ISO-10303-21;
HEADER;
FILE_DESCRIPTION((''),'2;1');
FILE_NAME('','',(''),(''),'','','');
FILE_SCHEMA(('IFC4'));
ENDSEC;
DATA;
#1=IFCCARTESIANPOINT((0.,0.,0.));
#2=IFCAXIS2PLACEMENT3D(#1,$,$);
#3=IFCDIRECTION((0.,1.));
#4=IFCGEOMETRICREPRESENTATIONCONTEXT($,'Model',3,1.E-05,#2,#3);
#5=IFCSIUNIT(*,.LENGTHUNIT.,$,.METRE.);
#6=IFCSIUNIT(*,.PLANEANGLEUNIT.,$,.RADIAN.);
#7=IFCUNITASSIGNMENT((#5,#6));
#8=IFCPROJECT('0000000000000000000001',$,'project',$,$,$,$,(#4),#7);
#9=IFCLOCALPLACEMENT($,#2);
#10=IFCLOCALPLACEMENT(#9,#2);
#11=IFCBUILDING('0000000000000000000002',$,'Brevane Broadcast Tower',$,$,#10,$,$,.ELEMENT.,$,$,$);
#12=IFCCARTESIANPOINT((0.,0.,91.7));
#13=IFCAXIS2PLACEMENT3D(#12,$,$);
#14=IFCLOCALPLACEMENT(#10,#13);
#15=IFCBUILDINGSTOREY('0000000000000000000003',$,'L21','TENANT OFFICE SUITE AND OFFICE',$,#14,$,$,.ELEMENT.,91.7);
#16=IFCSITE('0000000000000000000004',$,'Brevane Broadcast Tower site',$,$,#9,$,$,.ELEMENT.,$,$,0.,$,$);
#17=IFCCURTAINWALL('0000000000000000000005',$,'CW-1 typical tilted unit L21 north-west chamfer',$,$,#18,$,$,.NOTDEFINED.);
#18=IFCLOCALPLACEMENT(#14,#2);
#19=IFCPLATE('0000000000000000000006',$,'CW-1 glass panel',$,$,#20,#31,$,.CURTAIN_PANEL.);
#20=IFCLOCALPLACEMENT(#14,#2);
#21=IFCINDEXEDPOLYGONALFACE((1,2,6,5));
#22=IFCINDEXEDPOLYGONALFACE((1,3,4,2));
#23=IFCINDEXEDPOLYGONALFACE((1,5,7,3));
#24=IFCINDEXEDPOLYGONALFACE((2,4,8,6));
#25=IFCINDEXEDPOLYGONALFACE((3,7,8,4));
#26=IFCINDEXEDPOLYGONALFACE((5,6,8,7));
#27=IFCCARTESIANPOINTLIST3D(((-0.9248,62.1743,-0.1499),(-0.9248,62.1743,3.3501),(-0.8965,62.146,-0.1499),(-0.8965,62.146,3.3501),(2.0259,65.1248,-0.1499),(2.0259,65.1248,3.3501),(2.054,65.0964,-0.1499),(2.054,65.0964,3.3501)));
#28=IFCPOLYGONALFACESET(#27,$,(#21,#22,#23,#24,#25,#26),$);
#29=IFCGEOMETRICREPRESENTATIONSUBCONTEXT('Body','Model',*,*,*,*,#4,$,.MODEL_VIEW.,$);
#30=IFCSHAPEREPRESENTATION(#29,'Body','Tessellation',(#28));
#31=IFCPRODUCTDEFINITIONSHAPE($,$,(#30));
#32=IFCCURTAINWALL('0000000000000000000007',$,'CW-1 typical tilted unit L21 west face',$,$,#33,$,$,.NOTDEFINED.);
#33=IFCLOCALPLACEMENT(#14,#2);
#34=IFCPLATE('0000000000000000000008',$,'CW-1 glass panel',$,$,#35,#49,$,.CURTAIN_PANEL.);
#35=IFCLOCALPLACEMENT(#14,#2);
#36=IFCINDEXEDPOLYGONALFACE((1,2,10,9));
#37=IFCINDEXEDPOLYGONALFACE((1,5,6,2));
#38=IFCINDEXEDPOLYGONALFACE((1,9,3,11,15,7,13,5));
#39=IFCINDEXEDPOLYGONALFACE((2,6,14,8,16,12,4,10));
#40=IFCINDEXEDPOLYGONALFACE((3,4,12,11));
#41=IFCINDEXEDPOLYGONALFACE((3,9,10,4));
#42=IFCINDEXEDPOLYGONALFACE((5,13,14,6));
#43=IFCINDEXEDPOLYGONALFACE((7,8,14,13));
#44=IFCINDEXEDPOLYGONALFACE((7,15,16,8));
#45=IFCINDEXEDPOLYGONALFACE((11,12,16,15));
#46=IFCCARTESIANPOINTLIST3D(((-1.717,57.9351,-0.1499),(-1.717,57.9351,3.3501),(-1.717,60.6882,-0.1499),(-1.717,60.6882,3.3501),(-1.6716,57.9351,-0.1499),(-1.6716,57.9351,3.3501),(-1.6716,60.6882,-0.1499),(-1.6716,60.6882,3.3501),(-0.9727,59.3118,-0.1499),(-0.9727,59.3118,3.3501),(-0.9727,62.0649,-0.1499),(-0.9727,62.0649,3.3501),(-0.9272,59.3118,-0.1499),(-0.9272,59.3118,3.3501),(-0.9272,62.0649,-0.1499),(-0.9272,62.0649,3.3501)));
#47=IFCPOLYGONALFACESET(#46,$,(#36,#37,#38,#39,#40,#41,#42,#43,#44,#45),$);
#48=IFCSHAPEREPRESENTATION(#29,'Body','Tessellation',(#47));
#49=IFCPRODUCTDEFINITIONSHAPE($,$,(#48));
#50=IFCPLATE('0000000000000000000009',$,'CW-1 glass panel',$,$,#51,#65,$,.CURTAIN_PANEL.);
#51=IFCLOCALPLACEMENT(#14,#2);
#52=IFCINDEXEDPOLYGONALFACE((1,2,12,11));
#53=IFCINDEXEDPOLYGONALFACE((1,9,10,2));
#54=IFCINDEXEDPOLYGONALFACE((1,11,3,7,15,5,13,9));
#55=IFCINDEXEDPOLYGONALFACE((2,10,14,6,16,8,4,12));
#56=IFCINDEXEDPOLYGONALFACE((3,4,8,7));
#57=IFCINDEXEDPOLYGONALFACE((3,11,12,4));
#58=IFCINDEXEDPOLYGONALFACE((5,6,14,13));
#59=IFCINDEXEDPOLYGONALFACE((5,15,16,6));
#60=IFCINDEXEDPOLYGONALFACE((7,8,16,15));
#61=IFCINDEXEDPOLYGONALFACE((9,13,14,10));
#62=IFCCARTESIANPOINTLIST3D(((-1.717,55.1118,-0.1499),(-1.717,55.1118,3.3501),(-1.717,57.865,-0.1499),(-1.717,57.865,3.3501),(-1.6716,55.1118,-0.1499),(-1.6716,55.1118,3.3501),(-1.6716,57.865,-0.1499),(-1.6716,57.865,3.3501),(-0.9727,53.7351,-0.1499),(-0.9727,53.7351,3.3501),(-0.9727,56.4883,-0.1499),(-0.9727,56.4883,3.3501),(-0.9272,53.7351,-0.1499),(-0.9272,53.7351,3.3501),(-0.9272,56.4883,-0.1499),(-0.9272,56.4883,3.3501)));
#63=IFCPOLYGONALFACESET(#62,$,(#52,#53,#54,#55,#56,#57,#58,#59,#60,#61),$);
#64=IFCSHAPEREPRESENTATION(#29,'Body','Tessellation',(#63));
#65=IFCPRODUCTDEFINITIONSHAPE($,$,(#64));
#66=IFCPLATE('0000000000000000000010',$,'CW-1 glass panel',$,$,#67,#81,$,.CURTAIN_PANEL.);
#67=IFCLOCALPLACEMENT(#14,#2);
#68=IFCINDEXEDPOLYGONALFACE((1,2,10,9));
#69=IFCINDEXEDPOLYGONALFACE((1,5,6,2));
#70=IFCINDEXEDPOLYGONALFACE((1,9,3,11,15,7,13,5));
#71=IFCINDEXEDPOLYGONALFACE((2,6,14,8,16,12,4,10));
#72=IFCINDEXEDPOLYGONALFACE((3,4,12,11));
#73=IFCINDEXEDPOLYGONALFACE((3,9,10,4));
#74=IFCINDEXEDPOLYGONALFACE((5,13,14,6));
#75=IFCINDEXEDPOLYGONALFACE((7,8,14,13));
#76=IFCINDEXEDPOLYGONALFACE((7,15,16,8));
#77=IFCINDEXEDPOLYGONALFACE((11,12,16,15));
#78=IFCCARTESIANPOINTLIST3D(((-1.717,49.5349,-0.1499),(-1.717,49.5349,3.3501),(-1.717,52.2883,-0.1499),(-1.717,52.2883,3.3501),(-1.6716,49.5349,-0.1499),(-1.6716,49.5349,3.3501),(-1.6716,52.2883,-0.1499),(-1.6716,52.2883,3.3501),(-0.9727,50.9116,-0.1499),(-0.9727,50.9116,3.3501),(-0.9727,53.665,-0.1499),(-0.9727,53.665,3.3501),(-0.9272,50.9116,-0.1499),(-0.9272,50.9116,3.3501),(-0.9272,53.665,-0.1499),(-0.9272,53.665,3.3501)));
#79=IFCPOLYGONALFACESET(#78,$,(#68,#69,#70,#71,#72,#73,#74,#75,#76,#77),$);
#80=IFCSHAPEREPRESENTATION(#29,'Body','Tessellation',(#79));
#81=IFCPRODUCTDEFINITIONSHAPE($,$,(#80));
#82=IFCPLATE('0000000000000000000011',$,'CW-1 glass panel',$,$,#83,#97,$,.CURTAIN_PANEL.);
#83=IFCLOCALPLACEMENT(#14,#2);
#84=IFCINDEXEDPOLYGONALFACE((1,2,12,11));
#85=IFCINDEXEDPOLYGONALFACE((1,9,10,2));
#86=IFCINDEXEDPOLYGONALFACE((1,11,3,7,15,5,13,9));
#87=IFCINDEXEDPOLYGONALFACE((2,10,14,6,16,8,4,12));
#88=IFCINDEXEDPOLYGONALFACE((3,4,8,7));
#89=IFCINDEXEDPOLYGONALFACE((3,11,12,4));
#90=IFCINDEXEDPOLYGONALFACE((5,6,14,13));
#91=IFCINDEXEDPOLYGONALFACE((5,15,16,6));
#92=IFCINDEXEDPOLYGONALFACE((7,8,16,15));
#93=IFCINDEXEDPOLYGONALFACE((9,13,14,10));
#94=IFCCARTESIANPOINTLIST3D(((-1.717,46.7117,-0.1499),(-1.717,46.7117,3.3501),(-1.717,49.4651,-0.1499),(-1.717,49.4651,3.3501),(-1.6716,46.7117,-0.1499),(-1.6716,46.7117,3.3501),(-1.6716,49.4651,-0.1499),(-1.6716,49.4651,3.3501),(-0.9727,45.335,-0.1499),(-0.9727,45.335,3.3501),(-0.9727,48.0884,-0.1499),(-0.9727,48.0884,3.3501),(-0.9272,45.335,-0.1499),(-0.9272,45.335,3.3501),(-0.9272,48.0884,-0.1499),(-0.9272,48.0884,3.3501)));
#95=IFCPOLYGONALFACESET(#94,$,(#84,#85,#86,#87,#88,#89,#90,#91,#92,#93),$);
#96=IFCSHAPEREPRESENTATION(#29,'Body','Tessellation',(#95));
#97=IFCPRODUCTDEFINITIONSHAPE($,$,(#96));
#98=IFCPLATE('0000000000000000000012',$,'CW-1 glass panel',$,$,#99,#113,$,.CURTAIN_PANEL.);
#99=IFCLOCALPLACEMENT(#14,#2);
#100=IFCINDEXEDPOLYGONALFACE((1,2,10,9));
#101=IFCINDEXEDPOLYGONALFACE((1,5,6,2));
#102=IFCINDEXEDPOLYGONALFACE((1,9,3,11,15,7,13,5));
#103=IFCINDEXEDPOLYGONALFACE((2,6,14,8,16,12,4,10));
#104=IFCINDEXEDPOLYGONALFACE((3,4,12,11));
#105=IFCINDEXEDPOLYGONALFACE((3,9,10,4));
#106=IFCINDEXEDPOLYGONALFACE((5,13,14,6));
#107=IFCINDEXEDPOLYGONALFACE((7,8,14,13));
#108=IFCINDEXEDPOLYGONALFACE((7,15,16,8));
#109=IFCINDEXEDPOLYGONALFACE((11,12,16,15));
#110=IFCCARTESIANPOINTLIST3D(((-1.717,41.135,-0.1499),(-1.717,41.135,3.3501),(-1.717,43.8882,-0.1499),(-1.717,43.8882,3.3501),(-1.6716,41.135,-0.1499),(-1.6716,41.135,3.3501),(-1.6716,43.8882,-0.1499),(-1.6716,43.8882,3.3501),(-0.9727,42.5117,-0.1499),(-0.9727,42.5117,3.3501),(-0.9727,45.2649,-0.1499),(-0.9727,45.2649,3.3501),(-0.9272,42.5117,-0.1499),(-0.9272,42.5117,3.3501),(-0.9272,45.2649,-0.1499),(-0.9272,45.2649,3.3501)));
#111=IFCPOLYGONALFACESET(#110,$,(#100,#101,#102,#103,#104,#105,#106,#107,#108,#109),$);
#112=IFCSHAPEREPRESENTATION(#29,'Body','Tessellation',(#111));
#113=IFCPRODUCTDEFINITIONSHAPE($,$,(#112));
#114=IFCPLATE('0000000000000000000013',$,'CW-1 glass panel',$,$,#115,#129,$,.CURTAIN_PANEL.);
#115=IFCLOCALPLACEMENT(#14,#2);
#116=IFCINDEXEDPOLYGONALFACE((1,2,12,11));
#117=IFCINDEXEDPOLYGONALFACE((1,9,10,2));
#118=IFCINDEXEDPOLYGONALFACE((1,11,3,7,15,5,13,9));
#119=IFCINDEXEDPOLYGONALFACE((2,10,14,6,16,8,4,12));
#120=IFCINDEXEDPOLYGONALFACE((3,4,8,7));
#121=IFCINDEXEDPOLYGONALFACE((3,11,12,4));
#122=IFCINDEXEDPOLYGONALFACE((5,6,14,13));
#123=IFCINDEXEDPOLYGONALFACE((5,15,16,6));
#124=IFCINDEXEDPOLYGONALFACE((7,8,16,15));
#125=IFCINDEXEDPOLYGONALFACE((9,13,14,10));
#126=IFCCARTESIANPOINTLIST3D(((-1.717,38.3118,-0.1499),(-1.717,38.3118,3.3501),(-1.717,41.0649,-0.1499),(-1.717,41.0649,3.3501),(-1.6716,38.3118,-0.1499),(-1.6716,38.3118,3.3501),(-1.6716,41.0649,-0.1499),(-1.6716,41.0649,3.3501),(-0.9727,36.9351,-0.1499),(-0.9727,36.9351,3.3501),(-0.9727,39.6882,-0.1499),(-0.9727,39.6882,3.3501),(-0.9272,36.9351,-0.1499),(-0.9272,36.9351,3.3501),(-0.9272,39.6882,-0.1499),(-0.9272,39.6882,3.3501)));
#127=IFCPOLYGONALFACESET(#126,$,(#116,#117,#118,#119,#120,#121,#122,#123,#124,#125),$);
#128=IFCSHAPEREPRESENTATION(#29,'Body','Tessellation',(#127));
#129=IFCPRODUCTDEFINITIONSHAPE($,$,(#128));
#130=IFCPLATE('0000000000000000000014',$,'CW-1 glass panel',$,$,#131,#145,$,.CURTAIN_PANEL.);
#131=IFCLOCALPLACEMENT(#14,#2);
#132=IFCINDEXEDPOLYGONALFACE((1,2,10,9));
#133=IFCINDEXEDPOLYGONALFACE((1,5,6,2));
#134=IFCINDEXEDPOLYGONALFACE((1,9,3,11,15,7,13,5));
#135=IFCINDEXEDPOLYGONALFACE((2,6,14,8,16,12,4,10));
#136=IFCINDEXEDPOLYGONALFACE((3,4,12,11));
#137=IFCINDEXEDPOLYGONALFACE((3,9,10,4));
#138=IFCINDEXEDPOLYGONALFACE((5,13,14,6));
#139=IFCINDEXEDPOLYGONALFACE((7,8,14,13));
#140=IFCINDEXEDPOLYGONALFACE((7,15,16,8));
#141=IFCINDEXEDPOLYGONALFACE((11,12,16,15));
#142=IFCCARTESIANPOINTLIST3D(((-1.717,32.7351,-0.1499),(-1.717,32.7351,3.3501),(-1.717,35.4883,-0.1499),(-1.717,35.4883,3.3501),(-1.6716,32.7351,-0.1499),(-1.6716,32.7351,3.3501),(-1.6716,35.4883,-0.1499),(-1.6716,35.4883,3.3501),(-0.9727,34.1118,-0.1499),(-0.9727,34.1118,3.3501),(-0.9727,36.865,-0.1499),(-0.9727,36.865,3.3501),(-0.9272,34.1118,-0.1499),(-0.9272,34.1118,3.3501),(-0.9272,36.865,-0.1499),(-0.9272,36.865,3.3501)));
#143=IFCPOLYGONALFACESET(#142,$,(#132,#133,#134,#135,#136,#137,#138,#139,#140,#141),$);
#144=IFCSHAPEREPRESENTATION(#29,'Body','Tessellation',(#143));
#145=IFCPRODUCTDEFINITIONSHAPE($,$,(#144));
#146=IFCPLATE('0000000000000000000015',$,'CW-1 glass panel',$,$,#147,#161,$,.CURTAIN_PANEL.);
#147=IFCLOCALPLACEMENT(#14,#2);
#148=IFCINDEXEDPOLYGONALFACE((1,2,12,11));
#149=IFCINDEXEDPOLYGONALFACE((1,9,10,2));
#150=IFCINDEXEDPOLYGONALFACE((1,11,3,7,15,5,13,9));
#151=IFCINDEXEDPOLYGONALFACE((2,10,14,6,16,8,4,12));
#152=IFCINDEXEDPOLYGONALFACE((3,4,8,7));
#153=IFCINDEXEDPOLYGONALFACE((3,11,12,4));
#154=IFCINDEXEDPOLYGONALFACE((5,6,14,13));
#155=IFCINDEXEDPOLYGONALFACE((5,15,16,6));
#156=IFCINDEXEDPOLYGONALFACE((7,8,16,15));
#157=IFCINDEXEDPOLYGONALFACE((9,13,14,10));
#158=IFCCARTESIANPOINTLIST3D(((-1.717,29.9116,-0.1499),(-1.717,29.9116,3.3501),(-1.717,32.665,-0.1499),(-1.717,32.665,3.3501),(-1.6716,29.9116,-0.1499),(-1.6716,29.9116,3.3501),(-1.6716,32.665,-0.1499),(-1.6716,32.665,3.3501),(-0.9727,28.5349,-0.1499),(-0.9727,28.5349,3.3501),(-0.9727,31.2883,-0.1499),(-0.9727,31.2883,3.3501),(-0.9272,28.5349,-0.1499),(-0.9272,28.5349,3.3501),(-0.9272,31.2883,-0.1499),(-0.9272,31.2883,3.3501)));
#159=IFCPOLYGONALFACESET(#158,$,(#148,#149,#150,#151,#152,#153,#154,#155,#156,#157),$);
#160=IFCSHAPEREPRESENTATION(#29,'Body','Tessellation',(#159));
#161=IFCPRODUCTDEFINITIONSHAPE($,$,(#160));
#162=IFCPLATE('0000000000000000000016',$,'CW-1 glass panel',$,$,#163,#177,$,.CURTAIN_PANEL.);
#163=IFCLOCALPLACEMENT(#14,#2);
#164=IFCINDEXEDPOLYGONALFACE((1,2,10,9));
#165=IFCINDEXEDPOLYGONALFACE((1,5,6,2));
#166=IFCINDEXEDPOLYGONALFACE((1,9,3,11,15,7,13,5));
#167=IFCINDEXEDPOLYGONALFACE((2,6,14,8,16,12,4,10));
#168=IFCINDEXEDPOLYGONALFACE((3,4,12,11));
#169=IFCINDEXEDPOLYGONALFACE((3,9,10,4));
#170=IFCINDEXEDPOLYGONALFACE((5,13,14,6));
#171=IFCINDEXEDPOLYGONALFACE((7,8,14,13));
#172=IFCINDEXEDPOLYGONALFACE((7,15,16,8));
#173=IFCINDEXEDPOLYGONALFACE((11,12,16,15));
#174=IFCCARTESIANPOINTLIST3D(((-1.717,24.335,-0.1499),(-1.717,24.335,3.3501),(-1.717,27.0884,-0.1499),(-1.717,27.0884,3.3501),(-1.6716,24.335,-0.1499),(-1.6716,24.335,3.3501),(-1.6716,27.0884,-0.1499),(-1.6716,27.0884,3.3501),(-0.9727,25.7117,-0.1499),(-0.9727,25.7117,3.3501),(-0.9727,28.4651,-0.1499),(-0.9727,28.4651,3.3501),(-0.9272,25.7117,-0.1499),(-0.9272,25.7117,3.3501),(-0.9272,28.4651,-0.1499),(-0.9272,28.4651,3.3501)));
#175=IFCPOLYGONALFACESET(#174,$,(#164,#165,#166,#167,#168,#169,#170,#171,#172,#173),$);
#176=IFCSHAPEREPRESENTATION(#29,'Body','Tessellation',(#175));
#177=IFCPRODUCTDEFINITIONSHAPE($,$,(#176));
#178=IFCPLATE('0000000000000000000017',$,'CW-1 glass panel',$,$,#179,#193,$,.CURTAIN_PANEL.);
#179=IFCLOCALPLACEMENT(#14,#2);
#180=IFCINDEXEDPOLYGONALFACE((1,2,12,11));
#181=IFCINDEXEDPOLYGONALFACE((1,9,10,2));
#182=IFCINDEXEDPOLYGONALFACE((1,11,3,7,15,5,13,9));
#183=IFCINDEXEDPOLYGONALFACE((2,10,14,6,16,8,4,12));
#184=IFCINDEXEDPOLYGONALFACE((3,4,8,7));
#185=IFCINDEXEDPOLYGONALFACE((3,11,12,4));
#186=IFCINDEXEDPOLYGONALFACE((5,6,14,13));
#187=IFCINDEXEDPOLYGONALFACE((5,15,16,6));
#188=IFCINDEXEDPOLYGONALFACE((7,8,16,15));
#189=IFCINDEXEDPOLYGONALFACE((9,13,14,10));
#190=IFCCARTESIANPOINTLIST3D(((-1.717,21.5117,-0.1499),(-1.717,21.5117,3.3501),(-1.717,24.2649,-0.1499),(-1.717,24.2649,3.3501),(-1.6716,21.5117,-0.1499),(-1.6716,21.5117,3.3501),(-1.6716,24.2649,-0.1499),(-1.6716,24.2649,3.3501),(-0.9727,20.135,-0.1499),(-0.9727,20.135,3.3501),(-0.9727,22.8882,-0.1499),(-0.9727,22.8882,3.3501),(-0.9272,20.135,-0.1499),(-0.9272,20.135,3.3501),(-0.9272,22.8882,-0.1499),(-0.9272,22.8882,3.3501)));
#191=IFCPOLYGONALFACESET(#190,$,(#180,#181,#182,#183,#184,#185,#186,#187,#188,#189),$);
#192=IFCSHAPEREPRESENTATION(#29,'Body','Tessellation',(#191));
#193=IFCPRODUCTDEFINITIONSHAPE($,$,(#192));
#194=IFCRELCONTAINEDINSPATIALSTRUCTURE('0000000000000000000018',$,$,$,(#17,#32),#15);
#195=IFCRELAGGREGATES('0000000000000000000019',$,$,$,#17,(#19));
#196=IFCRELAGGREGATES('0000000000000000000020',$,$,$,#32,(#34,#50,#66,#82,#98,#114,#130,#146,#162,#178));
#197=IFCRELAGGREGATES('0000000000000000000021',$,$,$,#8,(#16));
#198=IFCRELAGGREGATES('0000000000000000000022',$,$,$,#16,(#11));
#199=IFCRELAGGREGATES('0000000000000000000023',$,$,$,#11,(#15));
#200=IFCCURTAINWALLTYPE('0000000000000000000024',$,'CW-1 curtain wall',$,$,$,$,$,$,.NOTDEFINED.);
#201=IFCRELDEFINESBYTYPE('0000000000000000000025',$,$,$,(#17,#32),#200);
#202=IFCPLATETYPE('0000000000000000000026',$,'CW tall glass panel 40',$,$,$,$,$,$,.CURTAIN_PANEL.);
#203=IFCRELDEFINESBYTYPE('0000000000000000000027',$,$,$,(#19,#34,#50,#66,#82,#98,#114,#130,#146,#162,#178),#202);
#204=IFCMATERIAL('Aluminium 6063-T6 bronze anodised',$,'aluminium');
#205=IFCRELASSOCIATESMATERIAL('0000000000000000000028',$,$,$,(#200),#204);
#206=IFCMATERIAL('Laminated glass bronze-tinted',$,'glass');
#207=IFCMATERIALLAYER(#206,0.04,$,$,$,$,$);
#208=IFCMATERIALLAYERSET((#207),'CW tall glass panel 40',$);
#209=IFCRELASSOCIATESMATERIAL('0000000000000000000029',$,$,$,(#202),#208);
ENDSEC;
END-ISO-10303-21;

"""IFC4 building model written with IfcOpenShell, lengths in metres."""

from ifc_helpers import new_model, si_unit, direction, frame, origin, place, context, subcontext, project, spatial, polyline, outline, extrude, material, layer, layer_set, type_object, element, aggregate, save


model = new_model("IFC4")

# Units and contexts
model_context = context("Model", 3, precision=1e-05, world=origin(), true_north=direction((0.0, 1.0)))
body_context = subcontext(model_context, "Body", "Model", "MODEL_VIEW")
ifc_project = project(units=[si_unit("LENGTHUNIT", "METRE"), si_unit("PLANEANGLEUNIT", "RADIAN")], contexts=[model_context])

# Site, building, storey
site_placement = place(None, origin())
site = spatial("IfcSite", under=ifc_project, at=site_placement, Name="Brevane Broadcast Tower site", CompositionType="ELEMENT", RefElevation=0.0)
building_placement = place(site_placement, origin())
building = spatial("IfcBuilding", under=site, at=building_placement, Name="Brevane Broadcast Tower", CompositionType="ELEMENT")
storey_placement = place(building_placement, frame((0.0, 0.0, 91.7)))
storey = spatial("IfcBuildingStorey", under=building, at=storey_placement, Name="L21", Description="TENANT OFFICE SUITE AND OFFICE", CompositionType="ELEMENT", Elevation=91.7)

# Curtain wall, plate
ifc_material_1 = material(Name="Aluminium 6063-T6 bronze anodised", Category="aluminium")
curtain_wall_type = type_object("IfcCurtainWallType", Name="CW-1 curtain wall", PredefinedType="NOTDEFINED", material=ifc_material_1)
curtain_wall_1_placement = place(storey_placement, origin())
curtain_wall_1 = element("IfcCurtainWall", 1, at=curtain_wall_1_placement, inside=storey, type_object=curtain_wall_type, Name="CW-1 typical tilted unit L21 north-west chamfer", PredefinedType="NOTDEFINED")
ifc_material_2 = material(Name="Laminated glass bronze-tinted", Category="glass")
ifc_layer_1 = layer(ifc_material_2, 0.04)
ifc_layer_set_1 = layer_set([ifc_layer_1], Name="CW tall glass panel 40")
plate_type = type_object("IfcPlateType", Name="CW tall glass panel 40", PredefinedType="CURTAIN_PANEL", material=ifc_layer_set_1)
plate_1_placement = place(storey_placement, frame((0.0, 0.0, -0.1499)))
plate_1 = element("IfcPlate", 2, at=plate_1_placement, type_object=plate_type, Name="CW-1 glass panel", PredefinedType="CURTAIN_PANEL", context=body_context, shape_type="SweptSolid", body=[
    extrude(outline(polyline([(2.054, 65.0964), (-0.8965, 62.146), (-0.9248, 62.1743), (2.0259, 65.1248), (2.054, 65.0964)])), origin(), (0.0, 0.0, 1.0), 3.5),
])
aggregate(curtain_wall_1, [plate_1])

# Curtain wall, plates
curtain_wall_2_placement = place(storey_placement, origin())
curtain_wall_2 = element("IfcCurtainWall", 3, at=curtain_wall_2_placement, inside=storey, type_object=curtain_wall_type, Name="CW-1 typical tilted unit L21 west face", PredefinedType="NOTDEFINED")
plate_2_placement = place(storey_placement, frame((0.0, 0.0, -0.1499)))
plate_2 = element("IfcPlate", 4, at=plate_2_placement, type_object=plate_type, Name="CW-1 glass panel", PredefinedType="CURTAIN_PANEL", context=body_context, shape_type="SweptSolid", body=[
    extrude(outline(polyline([(-0.9272, 62.0649), (-0.9727, 62.0649), (-1.717, 60.6882), (-0.9727, 59.3118), (-1.717, 57.9351), (-1.6716, 57.9351), (-0.9272, 59.3118), (-1.6716, 60.6882), (-0.9272, 62.0649)])), origin(), (0.0, 0.0, 1.0), 3.5),
])
plate_3_placement = place(storey_placement, frame((0.0, 0.0, -0.1499)))
plate_3 = element("IfcPlate", 5, at=plate_3_placement, type_object=plate_type, Name="CW-1 glass panel", PredefinedType="CURTAIN_PANEL", context=body_context, shape_type="SweptSolid", body=[
    extrude(outline(polyline([(-1.6716, 57.865), (-1.717, 57.865), (-0.9727, 56.4883), (-1.717, 55.1118), (-0.9727, 53.7351), (-0.9272, 53.7351), (-1.6716, 55.1118), (-0.9272, 56.4883), (-1.6716, 57.865)])), origin(), (0.0, 0.0, 1.0), 3.5),
])
plate_4_placement = place(storey_placement, frame((0.0, 0.0, -0.1499)))
plate_4 = element("IfcPlate", 6, at=plate_4_placement, type_object=plate_type, Name="CW-1 glass panel", PredefinedType="CURTAIN_PANEL", context=body_context, shape_type="SweptSolid", body=[
    extrude(outline(polyline([(-0.9272, 53.665), (-0.9727, 53.665), (-1.717, 52.2883), (-0.9727, 50.9116), (-1.717, 49.5349), (-1.6716, 49.5349), (-0.9272, 50.9116), (-1.6716, 52.2883), (-0.9272, 53.665)])), origin(), (0.0, 0.0, 1.0), 3.5),
])
plate_5_placement = place(storey_placement, frame((0.0, 0.0, -0.1499)))
plate_5 = element("IfcPlate", 7, at=plate_5_placement, type_object=plate_type, Name="CW-1 glass panel", PredefinedType="CURTAIN_PANEL", context=body_context, shape_type="SweptSolid", body=[
    extrude(outline(polyline([(-1.6716, 49.4651), (-1.717, 49.4651), (-0.9727, 48.0884), (-1.717, 46.7117), (-0.9727, 45.335), (-0.9272, 45.335), (-1.6716, 46.7117), (-0.9272, 48.0884), (-1.6716, 49.4651)])), origin(), (0.0, 0.0, 1.0), 3.5),
])
plate_6_placement = place(storey_placement, frame((0.0, 0.0, -0.1499)))
plate_6 = element("IfcPlate", 8, at=plate_6_placement, type_object=plate_type, Name="CW-1 glass panel", PredefinedType="CURTAIN_PANEL", context=body_context, shape_type="SweptSolid", body=[
    extrude(outline(polyline([(-0.9272, 45.2649), (-0.9727, 45.2649), (-1.717, 43.8882), (-0.9727, 42.5117), (-1.717, 41.135), (-1.6716, 41.135), (-0.9272, 42.5117), (-1.6716, 43.8882), (-0.9272, 45.2649)])), origin(), (0.0, 0.0, 1.0), 3.5),
])
plate_7_placement = place(storey_placement, frame((0.0, 0.0, -0.1499)))
plate_7 = element("IfcPlate", 9, at=plate_7_placement, type_object=plate_type, Name="CW-1 glass panel", PredefinedType="CURTAIN_PANEL", context=body_context, shape_type="SweptSolid", body=[
    extrude(outline(polyline([(-1.6716, 41.0649), (-1.717, 41.0649), (-0.9727, 39.6882), (-1.717, 38.3118), (-0.9727, 36.9351), (-0.9272, 36.9351), (-1.6716, 38.3118), (-0.9272, 39.6882), (-1.6716, 41.0649)])), origin(), (0.0, 0.0, 1.0), 3.5),
])
plate_8_placement = place(storey_placement, frame((0.0, 0.0, -0.1499)))
plate_8 = element("IfcPlate", 10, at=plate_8_placement, type_object=plate_type, Name="CW-1 glass panel", PredefinedType="CURTAIN_PANEL", context=body_context, shape_type="SweptSolid", body=[
    extrude(outline(polyline([(-0.9272, 36.865), (-0.9727, 36.865), (-1.717, 35.4883), (-0.9727, 34.1118), (-1.717, 32.7351), (-1.6716, 32.7351), (-0.9272, 34.1118), (-1.6716, 35.4883), (-0.9272, 36.865)])), origin(), (0.0, 0.0, 1.0), 3.5),
])
plate_9_placement = place(storey_placement, frame((0.0, 0.0, -0.1499)))
plate_9 = element("IfcPlate", 11, at=plate_9_placement, type_object=plate_type, Name="CW-1 glass panel", PredefinedType="CURTAIN_PANEL", context=body_context, shape_type="SweptSolid", body=[
    extrude(outline(polyline([(-1.6716, 32.665), (-1.717, 32.665), (-0.9727, 31.2883), (-1.717, 29.9116), (-0.9727, 28.5349), (-0.9272, 28.5349), (-1.6716, 29.9116), (-0.9272, 31.2883), (-1.6716, 32.665)])), origin(), (0.0, 0.0, 1.0), 3.5),
])
plate_10_placement = place(storey_placement, frame((0.0, 0.0, -0.1499)))
plate_10 = element("IfcPlate", 12, at=plate_10_placement, type_object=plate_type, Name="CW-1 glass panel", PredefinedType="CURTAIN_PANEL", context=body_context, shape_type="SweptSolid", body=[
    extrude(outline(polyline([(-0.9272, 28.4651), (-0.9727, 28.4651), (-1.717, 27.0884), (-0.9727, 25.7117), (-1.717, 24.335), (-1.6716, 24.335), (-0.9272, 25.7117), (-1.6716, 27.0884), (-0.9272, 28.4651)])), origin(), (0.0, 0.0, 1.0), 3.5),
])
plate_11_placement = place(storey_placement, frame((0.0, 0.0, -0.1499)))
plate_11 = element("IfcPlate", 13, at=plate_11_placement, type_object=plate_type, Name="CW-1 glass panel", PredefinedType="CURTAIN_PANEL", context=body_context, shape_type="SweptSolid", body=[
    extrude(outline(polyline([(-1.6716, 24.2649), (-1.717, 24.2649), (-0.9727, 22.8882), (-1.717, 21.5117), (-0.9727, 20.135), (-0.9272, 20.135), (-1.6716, 21.5117), (-0.9272, 22.8882), (-1.6716, 24.2649)])), origin(), (0.0, 0.0, 1.0), 3.5),
])
aggregate(curtain_wall_2, [plate_2, plate_3, plate_4, plate_5, plate_6, plate_7, plate_8, plate_9, plate_10, plate_11])

save(model, "model.ifc")
